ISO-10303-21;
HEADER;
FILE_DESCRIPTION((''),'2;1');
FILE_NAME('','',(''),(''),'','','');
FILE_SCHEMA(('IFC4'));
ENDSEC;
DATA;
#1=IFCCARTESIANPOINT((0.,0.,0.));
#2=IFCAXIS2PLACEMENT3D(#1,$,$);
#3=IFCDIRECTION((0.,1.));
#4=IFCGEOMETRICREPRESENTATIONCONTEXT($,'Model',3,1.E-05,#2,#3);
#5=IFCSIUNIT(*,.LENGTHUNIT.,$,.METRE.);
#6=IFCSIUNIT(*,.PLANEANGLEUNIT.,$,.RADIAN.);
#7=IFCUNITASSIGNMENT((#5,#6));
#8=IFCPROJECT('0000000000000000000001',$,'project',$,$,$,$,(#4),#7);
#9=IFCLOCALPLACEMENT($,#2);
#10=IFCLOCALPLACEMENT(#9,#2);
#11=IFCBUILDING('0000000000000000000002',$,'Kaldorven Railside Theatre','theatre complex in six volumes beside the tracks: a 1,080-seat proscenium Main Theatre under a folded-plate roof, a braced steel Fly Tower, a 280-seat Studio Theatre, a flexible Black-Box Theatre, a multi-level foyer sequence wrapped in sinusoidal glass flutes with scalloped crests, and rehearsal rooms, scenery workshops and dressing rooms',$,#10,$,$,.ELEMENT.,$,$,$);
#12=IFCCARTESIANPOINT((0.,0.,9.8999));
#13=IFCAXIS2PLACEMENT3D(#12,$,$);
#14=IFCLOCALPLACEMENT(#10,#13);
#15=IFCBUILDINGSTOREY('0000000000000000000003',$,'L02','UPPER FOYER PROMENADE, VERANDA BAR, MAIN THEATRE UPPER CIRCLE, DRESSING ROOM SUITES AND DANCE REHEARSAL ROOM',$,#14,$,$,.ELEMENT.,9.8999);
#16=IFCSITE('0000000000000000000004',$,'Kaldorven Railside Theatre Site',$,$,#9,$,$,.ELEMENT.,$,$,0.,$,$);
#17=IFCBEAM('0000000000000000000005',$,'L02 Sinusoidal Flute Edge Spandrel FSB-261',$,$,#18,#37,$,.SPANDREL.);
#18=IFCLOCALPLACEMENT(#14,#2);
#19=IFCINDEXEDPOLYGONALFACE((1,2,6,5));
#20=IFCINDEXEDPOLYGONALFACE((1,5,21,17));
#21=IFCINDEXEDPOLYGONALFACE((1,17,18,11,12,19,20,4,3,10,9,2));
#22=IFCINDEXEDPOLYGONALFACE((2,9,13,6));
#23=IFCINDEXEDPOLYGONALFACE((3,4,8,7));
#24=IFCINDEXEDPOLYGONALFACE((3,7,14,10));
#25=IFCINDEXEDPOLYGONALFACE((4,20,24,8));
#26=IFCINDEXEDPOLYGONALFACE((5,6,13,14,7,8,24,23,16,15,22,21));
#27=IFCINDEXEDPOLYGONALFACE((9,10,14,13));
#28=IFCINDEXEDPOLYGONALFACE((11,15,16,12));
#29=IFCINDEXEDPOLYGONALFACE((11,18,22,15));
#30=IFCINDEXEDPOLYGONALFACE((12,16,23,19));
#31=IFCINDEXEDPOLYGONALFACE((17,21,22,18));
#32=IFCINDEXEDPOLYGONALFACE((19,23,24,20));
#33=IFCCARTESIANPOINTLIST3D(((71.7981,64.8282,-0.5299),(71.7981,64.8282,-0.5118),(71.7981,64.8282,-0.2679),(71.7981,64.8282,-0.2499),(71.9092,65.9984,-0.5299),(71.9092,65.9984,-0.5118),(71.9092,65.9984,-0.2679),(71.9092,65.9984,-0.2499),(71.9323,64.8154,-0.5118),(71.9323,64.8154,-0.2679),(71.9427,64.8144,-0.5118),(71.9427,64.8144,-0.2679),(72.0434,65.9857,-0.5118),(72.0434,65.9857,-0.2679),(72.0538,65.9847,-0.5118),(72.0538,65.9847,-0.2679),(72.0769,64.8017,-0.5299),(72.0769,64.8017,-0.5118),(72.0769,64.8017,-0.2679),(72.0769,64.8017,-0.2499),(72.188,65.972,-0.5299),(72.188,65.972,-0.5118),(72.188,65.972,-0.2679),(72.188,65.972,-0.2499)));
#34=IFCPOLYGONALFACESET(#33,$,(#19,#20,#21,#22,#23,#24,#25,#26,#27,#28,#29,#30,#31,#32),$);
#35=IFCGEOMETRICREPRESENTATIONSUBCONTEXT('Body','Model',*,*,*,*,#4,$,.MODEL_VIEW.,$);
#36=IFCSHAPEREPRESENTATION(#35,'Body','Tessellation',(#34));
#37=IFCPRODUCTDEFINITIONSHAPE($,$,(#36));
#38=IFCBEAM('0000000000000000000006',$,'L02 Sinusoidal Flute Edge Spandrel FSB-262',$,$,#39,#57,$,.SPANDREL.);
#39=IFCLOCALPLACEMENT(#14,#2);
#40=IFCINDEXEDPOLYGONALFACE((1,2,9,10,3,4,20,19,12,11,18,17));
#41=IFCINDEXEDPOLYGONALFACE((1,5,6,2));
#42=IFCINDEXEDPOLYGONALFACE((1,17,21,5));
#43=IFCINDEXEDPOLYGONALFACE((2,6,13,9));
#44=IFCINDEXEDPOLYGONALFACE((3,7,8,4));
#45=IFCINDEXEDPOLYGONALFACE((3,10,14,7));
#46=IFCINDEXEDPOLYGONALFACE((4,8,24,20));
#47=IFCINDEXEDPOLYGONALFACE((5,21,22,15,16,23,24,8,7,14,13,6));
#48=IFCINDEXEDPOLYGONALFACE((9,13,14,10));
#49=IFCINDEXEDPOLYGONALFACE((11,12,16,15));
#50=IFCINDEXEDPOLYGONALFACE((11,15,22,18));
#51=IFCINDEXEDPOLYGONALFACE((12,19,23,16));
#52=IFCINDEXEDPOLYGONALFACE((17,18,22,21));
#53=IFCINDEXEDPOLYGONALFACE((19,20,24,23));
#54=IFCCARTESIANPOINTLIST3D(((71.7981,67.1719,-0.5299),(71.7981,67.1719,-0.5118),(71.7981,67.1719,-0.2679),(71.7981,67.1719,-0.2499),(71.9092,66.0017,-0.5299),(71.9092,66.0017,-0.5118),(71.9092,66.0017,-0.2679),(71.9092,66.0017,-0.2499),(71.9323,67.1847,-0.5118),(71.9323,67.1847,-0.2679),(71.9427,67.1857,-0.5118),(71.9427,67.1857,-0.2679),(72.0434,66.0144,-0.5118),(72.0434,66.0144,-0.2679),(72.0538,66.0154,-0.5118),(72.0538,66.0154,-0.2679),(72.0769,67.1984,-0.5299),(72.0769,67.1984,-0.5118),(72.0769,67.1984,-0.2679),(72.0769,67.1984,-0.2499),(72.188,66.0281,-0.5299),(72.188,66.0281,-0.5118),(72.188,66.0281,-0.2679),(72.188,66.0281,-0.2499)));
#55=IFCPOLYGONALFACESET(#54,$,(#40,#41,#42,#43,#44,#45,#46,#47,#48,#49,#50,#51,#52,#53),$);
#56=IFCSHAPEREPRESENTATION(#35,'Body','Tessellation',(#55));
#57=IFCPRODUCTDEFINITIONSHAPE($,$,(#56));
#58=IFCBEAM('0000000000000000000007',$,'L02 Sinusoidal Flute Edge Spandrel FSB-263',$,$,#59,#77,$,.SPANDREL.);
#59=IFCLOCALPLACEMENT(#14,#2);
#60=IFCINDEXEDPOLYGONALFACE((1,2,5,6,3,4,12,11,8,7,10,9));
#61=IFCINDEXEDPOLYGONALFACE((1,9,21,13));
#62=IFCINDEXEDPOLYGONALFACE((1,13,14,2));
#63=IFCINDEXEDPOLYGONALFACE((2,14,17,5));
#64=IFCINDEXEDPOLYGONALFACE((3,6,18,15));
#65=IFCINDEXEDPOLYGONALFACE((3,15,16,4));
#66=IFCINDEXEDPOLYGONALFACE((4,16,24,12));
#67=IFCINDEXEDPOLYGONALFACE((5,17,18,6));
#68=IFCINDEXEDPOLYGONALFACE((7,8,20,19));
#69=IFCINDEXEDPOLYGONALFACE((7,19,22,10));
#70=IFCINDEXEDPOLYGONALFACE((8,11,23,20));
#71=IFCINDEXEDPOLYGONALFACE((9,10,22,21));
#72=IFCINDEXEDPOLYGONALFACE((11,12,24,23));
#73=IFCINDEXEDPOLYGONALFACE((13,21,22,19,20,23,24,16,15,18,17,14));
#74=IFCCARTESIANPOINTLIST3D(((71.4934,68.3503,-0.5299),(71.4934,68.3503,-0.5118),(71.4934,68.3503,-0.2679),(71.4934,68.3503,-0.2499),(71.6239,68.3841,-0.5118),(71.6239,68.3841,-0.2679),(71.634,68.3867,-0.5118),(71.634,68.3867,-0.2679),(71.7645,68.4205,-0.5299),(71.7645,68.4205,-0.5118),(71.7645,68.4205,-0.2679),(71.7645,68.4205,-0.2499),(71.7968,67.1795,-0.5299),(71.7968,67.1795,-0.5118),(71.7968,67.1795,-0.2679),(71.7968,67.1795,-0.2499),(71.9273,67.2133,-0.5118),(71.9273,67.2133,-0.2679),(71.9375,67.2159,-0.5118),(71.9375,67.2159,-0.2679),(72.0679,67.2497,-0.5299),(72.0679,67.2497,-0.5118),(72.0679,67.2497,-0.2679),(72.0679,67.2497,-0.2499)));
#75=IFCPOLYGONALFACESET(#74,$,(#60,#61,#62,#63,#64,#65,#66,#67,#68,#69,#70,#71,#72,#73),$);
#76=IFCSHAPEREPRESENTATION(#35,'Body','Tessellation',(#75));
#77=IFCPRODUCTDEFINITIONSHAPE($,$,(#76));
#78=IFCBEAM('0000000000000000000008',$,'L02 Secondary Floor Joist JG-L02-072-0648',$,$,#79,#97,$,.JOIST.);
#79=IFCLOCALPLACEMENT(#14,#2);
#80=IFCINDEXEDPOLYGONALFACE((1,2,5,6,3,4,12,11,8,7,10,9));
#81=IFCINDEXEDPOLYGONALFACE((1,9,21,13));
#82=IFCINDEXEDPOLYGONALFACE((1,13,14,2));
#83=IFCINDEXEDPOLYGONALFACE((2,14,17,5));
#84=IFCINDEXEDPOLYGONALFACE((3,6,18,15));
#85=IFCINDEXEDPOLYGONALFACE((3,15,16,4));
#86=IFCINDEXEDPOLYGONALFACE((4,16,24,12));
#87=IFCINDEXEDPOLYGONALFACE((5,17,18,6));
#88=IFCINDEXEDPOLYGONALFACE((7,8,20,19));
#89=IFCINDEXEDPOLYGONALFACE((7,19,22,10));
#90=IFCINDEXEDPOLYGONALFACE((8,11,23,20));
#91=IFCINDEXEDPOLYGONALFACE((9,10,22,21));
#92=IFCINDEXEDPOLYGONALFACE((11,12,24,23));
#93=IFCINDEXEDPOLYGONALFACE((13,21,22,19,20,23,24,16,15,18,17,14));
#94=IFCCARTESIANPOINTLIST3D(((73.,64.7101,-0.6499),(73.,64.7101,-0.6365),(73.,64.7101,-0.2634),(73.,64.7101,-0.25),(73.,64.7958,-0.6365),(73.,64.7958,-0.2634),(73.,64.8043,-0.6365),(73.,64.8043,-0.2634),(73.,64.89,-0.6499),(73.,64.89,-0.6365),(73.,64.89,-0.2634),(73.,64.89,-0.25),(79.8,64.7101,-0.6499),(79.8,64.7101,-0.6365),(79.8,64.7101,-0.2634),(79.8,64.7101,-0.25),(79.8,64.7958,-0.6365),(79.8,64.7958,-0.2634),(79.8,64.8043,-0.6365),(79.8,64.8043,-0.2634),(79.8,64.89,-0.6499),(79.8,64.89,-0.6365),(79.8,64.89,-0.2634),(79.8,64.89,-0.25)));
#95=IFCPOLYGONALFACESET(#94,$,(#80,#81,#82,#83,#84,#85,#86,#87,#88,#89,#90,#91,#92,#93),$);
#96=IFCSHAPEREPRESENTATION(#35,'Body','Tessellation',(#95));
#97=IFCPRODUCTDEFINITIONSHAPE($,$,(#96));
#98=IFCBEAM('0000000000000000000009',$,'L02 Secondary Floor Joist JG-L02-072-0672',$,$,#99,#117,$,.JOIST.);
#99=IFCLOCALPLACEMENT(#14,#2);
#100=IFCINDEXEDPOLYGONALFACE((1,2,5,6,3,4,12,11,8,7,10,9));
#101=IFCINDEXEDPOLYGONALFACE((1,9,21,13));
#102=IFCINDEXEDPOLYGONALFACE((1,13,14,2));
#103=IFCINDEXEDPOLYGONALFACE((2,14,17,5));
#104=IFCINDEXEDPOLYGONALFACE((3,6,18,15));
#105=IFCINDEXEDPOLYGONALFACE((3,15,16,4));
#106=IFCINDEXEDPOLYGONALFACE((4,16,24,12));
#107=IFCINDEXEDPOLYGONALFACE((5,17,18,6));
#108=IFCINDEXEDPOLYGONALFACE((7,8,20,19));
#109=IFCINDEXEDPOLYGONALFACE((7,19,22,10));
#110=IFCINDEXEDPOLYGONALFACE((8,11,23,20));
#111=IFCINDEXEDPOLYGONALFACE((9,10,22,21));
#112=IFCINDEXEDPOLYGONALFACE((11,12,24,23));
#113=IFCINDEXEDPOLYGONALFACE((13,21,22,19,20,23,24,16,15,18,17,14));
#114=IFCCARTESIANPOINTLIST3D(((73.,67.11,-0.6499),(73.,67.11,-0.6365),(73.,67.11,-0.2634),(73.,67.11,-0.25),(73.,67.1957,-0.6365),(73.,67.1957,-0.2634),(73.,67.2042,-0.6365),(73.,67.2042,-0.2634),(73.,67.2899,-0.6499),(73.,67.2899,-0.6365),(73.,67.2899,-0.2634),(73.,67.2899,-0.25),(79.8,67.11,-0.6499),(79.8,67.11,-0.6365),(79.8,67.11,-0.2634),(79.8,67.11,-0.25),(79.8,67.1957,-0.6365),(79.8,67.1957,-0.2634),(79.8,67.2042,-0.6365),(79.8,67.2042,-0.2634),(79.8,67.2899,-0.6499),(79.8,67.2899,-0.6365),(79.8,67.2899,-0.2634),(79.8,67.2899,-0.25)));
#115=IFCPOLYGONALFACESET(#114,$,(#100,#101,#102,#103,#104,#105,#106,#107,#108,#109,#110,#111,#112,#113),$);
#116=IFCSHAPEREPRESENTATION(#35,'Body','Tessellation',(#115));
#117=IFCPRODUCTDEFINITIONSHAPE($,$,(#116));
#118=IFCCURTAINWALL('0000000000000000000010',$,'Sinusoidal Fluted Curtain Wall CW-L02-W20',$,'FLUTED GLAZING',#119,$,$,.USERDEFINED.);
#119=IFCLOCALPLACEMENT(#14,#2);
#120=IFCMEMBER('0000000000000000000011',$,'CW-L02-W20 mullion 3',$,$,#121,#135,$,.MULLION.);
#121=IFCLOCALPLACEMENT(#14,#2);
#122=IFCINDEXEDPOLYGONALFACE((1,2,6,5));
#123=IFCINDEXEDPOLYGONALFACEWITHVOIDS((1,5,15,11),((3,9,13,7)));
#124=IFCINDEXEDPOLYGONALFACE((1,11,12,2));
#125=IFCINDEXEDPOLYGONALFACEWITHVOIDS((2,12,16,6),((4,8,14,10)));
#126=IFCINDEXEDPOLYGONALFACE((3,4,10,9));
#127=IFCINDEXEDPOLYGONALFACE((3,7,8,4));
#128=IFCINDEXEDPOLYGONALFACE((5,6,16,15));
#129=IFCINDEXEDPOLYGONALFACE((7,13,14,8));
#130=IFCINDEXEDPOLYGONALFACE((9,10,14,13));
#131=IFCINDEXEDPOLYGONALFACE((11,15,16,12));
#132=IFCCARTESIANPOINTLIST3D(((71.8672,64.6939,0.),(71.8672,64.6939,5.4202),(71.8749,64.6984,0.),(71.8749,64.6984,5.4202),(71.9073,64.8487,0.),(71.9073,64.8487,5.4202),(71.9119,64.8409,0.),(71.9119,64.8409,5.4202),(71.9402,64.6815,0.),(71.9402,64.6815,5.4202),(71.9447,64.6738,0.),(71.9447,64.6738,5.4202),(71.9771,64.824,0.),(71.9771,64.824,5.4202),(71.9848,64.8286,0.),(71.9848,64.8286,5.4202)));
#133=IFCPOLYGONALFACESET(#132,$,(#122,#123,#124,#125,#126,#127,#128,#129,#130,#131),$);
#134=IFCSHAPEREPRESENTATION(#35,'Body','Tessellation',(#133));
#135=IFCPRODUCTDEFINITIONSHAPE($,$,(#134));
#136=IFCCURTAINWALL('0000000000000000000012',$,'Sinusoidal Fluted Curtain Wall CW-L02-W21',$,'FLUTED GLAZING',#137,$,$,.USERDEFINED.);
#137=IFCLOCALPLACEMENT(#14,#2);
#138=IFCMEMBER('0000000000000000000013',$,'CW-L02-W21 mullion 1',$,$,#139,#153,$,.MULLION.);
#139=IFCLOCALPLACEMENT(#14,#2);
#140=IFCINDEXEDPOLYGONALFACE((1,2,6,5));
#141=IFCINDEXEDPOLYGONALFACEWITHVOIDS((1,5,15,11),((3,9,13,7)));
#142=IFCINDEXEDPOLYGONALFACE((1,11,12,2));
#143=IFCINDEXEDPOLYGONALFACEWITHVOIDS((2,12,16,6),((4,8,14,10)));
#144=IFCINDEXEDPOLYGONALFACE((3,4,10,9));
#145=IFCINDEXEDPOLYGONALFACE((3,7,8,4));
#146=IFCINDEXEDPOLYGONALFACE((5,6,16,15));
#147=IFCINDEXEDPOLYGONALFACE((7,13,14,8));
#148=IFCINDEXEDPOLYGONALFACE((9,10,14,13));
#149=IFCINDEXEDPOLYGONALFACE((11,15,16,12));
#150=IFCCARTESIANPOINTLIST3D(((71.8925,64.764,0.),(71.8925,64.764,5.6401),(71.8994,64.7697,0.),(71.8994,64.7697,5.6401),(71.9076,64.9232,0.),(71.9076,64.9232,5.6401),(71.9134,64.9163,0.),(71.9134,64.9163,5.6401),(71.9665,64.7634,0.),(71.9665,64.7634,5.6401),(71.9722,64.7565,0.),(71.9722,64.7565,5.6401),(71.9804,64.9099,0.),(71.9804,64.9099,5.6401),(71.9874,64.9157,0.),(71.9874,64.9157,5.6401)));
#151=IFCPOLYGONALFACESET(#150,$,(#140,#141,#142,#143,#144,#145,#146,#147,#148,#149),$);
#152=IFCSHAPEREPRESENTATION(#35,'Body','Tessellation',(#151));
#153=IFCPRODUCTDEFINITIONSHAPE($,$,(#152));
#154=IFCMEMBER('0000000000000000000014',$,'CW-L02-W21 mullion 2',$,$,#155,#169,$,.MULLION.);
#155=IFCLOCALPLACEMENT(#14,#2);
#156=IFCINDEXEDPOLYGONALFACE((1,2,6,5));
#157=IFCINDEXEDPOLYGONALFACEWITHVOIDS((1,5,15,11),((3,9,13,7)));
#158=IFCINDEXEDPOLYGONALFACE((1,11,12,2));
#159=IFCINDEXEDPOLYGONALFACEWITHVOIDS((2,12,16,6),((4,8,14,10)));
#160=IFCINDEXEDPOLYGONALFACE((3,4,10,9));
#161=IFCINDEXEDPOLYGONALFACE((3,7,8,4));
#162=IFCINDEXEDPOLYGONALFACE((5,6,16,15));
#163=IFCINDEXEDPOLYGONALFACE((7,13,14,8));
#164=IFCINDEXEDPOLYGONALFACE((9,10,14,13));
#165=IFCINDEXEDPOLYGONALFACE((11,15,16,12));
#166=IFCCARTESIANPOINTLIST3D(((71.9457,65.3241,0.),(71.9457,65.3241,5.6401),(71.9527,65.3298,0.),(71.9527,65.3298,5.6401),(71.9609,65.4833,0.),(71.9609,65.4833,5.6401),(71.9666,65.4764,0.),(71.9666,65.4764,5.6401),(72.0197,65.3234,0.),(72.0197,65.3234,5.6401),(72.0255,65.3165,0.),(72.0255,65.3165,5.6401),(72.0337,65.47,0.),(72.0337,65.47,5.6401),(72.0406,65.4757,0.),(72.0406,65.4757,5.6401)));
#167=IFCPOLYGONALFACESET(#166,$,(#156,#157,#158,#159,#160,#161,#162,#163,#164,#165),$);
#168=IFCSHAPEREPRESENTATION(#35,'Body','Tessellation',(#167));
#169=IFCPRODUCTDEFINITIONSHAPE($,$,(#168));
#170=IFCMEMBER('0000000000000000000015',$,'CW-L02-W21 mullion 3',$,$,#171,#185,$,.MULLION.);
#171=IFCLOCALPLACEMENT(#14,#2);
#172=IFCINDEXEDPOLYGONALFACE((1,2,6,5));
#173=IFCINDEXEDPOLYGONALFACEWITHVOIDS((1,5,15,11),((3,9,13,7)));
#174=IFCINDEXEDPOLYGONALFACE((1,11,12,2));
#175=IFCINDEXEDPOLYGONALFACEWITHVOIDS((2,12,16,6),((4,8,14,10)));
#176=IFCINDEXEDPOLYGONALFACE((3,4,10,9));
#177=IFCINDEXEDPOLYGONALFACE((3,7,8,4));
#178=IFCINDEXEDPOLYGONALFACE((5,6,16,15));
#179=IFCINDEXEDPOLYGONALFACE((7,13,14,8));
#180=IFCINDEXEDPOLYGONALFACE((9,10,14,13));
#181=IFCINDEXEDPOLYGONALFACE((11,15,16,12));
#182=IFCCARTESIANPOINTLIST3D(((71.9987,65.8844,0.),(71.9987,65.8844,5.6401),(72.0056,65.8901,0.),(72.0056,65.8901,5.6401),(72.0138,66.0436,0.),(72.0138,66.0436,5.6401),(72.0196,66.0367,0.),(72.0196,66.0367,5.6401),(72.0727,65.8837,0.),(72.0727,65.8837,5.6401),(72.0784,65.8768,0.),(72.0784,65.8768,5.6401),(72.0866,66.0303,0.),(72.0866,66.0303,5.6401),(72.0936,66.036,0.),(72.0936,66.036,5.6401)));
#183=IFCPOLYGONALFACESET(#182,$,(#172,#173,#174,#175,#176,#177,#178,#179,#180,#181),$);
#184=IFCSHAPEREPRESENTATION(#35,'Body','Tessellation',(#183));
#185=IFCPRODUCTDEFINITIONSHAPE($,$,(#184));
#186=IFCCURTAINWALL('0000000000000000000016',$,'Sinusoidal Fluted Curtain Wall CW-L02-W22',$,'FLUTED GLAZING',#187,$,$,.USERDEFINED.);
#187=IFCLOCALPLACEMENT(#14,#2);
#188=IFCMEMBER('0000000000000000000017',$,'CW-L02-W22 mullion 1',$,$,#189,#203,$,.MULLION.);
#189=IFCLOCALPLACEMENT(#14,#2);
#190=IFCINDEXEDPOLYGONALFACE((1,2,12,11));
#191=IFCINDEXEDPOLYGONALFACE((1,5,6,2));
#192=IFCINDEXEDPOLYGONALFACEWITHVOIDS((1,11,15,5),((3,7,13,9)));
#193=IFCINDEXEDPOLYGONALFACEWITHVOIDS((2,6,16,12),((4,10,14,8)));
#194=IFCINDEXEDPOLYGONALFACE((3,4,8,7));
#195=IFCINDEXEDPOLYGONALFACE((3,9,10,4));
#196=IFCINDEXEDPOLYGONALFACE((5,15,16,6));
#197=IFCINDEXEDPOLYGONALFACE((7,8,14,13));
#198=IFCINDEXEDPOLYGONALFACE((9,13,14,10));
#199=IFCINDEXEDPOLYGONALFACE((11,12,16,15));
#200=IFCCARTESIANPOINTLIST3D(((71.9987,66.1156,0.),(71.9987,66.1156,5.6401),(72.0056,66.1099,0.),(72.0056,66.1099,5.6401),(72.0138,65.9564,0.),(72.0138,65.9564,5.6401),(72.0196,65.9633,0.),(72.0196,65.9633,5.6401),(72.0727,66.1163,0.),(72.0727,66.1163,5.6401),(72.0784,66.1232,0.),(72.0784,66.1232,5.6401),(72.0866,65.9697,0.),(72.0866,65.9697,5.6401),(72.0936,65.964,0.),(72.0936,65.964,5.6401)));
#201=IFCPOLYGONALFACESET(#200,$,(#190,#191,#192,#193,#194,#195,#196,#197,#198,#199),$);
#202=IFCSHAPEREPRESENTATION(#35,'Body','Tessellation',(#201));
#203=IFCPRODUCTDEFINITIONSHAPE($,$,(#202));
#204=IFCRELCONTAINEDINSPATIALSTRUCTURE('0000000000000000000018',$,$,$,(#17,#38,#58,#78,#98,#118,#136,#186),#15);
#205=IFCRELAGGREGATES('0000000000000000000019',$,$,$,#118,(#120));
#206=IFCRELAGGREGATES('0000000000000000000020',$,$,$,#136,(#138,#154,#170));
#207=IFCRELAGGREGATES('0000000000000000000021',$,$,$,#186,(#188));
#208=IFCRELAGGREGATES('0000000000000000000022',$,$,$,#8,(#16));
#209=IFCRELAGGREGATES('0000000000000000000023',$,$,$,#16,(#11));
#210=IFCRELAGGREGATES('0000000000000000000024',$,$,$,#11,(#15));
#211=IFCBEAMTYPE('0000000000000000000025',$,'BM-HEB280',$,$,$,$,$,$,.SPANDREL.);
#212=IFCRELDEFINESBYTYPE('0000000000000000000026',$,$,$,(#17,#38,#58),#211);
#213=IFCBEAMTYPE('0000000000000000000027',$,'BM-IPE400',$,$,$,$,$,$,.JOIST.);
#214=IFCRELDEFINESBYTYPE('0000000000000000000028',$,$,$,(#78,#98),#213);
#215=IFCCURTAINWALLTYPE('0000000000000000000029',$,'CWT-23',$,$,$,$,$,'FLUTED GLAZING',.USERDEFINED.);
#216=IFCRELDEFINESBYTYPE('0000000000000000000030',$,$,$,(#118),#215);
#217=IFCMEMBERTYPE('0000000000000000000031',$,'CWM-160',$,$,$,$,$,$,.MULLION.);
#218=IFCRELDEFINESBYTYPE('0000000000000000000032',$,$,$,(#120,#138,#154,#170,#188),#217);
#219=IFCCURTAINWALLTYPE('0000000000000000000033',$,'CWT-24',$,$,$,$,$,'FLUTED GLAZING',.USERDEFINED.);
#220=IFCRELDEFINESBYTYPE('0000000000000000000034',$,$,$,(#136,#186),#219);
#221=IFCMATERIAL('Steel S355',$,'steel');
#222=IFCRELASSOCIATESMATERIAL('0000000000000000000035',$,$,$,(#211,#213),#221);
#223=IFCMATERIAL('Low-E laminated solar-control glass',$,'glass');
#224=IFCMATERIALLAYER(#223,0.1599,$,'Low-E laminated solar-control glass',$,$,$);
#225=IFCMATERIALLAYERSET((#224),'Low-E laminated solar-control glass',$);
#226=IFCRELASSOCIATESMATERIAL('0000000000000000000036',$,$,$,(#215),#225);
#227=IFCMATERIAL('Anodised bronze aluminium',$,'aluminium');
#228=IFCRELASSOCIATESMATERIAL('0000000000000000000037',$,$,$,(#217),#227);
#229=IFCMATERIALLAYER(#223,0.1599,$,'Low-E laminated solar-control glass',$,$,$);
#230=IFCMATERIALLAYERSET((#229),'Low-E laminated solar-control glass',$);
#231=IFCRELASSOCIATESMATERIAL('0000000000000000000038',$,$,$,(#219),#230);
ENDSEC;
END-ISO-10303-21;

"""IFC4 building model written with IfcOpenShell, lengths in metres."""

from ifc_helpers import new_model, si_unit, direction, frame, origin, origin_2d, place, context, subcontext, project, spatial, hollow_rectangle, i_section, extrude, material, layer, layer_set, material_profile, profile_set, type_object, element, aggregate, save


model = new_model("IFC4")

# Units and contexts
model_context = context("Model", 3, precision=1e-05, world=origin(), true_north=direction((0.0, 1.0)))
body_context = subcontext(model_context, "Body", "Model", "MODEL_VIEW")
ifc_project = project(units=[si_unit("LENGTHUNIT", "METRE"), si_unit("PLANEANGLEUNIT", "RADIAN")], contexts=[model_context])

# Site, building, storey
site_placement = place(None, origin())
site = spatial("IfcSite", under=ifc_project, at=site_placement, Name="Kaldorven Railside Theatre Site", CompositionType="ELEMENT", RefElevation=0.0)
building_placement = place(site_placement, origin())
building = spatial("IfcBuilding", under=site, at=building_placement, Name="Kaldorven Railside Theatre", Description="theatre complex in six volumes beside the tracks: a 1,080-seat proscenium Main Theatre under a folded-plate roof, a braced steel Fly Tower, a 280-seat Studio Theatre, a flexible Black-Box Theatre, a multi-level foyer sequence wrapped in sinusoidal glass flutes with scalloped crests, and rehearsal rooms, scenery workshops and dressing rooms", CompositionType="ELEMENT")
storey_placement = place(building_placement, frame((0.0, 0.0, 9.8999)))
storey = spatial("IfcBuildingStorey", under=building, at=storey_placement, Name="L02", Description="UPPER FOYER PROMENADE, VERANDA BAR, MAIN THEATRE UPPER CIRCLE, DRESSING ROOM SUITES AND DANCE REHEARSAL ROOM", CompositionType="ELEMENT", Elevation=9.8999)

# Beams
ifc_material_1 = material(Name="Steel S355", Category="steel")
ifc_material_profile_1 = material_profile(ifc_material_1, i_section(OverallWidth=0.28, OverallDepth=0.28, WebThickness=0.0105, FlangeThickness=0.0181, at=origin_2d()), Name="HEB 280")
ifc_profile_set_1 = profile_set([ifc_material_profile_1], Name="Steel S355")
beam_type_1 = type_object("IfcBeamType", Name="BM-HEB280", PredefinedType="SPANDREL", material=ifc_profile_set_1)
for number, where, z_axis, x_axis, name in (
    (1, (71.9375, 64.8149, -0.3899), (0.094505, 0.995524, 0.0), (-0.995524, 0.094505, 0.0), "L02 Sinusoidal Flute Edge Spandrel FSB-261"),
    (2, (72.0486, 66.0149, -0.3899), (-0.094505, 0.995524, 0.0), (-0.995524, -0.094505, 0.0), "L02 Sinusoidal Flute Edge Spandrel FSB-262"),
):
    element("IfcBeam", number, at=place(storey_placement, frame(where, z_axis=z_axis, x_axis=x_axis)), inside=storey, type_object=beam_type_1, Name=name, PredefinedType="SPANDREL", context=body_context, shape_type="SweptSolid", body=[
        extrude(i_section(OverallWidth=0.28, OverallDepth=0.28, WebThickness=0.0105, FlangeThickness=0.0181, at=origin_2d()), origin(), (0.0, 0.0, 1.0), 1.1755),
    ])
beam_placement = place(storey_placement, frame((71.9324, 67.2146, -0.3899), z_axis=(-0.250885, 0.968017, 0.0), x_axis=(-0.968017, -0.250885, 0.0)))
element("IfcBeam", 3, at=beam_placement, inside=storey, type_object=beam_type_1, Name="L02 Sinusoidal Flute Edge Spandrel FSB-263", PredefinedType="SPANDREL", context=body_context, shape_type="SweptSolid", body=[
    extrude(i_section(OverallWidth=0.28, OverallDepth=0.28, WebThickness=0.0105, FlangeThickness=0.0181, at=origin_2d()), origin(), (0.0, 0.0, 1.0), 1.2095),
])
ifc_material_profile_2 = material_profile(ifc_material_1, i_section(OverallWidth=0.1799, OverallDepth=0.3999, WebThickness=0.0085, FlangeThickness=0.0134, at=origin_2d()), Name="IPE 400")
ifc_profile_set_2 = profile_set([ifc_material_profile_2], Name="Steel S355")
beam_type_2 = type_object("IfcBeamType", Name="BM-IPE400", PredefinedType="JOIST", material=ifc_profile_set_2)
for number, where, z_axis, x_axis, name in (
    (4, (73.0, 64.8, -0.45), (1.0, 0.0, 0.0), (0.0, 1.0, 0.0), "L02 Secondary Floor Joist JG-L02-072-0648"),
    (5, (73.0, 67.2, -0.45), (1.0, 0.0, 0.0), (0.0, 1.0, 0.0), "L02 Secondary Floor Joist JG-L02-072-0672"),
):
    element("IfcBeam", number, at=place(storey_placement, frame(where, z_axis=z_axis, x_axis=x_axis)), inside=storey, type_object=beam_type_2, Name=name, PredefinedType="JOIST", context=body_context, shape_type="SweptSolid", body=[
        extrude(i_section(OverallWidth=0.1799, OverallDepth=0.3999, WebThickness=0.0085, FlangeThickness=0.0134, at=origin_2d()), origin(), (0.0, 0.0, 1.0), 6.8),
    ])

# Curtain wall, member
ifc_material_2 = material(Name="Low-E laminated solar-control glass", Category="glass")
ifc_layer_1 = layer(ifc_material_2, 0.1599, Name="Low-E laminated solar-control glass")
ifc_layer_set_1 = layer_set([ifc_layer_1], Name="Low-E laminated solar-control glass")
curtain_wall_type_1 = type_object("IfcCurtainWallType", Name="CWT-23", ElementType="FLUTED GLAZING", PredefinedType="USERDEFINED", material=ifc_layer_set_1)
curtain_wall_1_placement = place(storey_placement, origin())
curtain_wall_1 = element("IfcCurtainWall", 6, at=curtain_wall_1_placement, inside=storey, type_object=curtain_wall_type_1, Name="Sinusoidal Fluted Curtain Wall CW-L02-W20", ObjectType="FLUTED GLAZING", PredefinedType="USERDEFINED")
ifc_material_3 = material(Name="Anodised bronze aluminium", Category="aluminium")
ifc_material_profile_3 = material_profile(ifc_material_3, hollow_rectangle(XDim=0.0801, YDim=0.1599, WallThickness=0.0063, at=origin_2d()), Name="RHS 160x80x6.3")
ifc_profile_set_3 = profile_set([ifc_material_profile_3], Name="Anodised bronze aluminium")
member_type_1 = type_object("IfcMemberType", Name="CWM-160", PredefinedType="MULLION", material=ifc_profile_set_3)
member_1_placement = place(storey_placement, frame((71.926, 64.7612, 0.0), z_axis=(0.0, 0.0, 1.0), x_axis=(-0.967999, 0.250954, 0.0)))
member_1 = element("IfcMember", 7, at=member_1_placement, type_object=member_type_1, Name="CW-L02-W20 mullion 3", PredefinedType="MULLION", context=body_context, shape_type="SweptSolid", body=[
    extrude(hollow_rectangle(XDim=0.0801, YDim=0.1599, WallThickness=0.0063, at=origin_2d()), origin(), (0.0, 0.0, 1.0), 5.4202),
])

# Curtain walls, members
ifc_layer_2 = layer(ifc_material_2, 0.1599, Name="Low-E laminated solar-control glass")
ifc_layer_set_2 = layer_set([ifc_layer_2], Name="Low-E laminated solar-control glass")
curtain_wall_type_2 = type_object("IfcCurtainWallType", Name="CWT-24", ElementType="FLUTED GLAZING", PredefinedType="USERDEFINED", material=ifc_layer_set_2)
curtain_wall_2_placement = place(storey_placement, origin())
curtain_wall_2 = element("IfcCurtainWall", 8, at=curtain_wall_2_placement, inside=storey, type_object=curtain_wall_type_2, Name="Sinusoidal Fluted Curtain Wall CW-L02-W21", ObjectType="FLUTED GLAZING", PredefinedType="USERDEFINED")
member_2_placement = place(storey_placement, frame((71.9399, 64.8398, 0.0), z_axis=(0.0, 0.0, 1.0), x_axis=(-0.995526, 0.094492, 0.0)))
member_2 = element("IfcMember", 9, at=member_2_placement, type_object=member_type_1, Name="CW-L02-W21 mullion 1", PredefinedType="MULLION", context=body_context, shape_type="SweptSolid", body=[
    extrude(hollow_rectangle(XDim=0.0801, YDim=0.1599, WallThickness=0.0063, at=origin_2d()), origin(), (0.0, 0.0, 1.0), 5.6401),
])
member_3_placement = place(storey_placement, frame((71.9932, 65.3999, 0.0), z_axis=(0.0, 0.0, 1.0), x_axis=(-0.995526, 0.094492, 0.0)))
member_3 = element("IfcMember", 10, at=member_3_placement, type_object=member_type_1, Name="CW-L02-W21 mullion 2", PredefinedType="MULLION", context=body_context, shape_type="SweptSolid", body=[
    extrude(hollow_rectangle(XDim=0.0801, YDim=0.1599, WallThickness=0.0063, at=origin_2d()), origin(), (0.0, 0.0, 1.0), 5.6401),
])
member_4_placement = place(storey_placement, frame((72.0461, 65.9602, 0.0), z_axis=(0.0, 0.0, 1.0), x_axis=(-0.995526, 0.094492, 0.0)))
member_4 = element("IfcMember", 11, at=member_4_placement, type_object=member_type_1, Name="CW-L02-W21 mullion 3", PredefinedType="MULLION", context=body_context, shape_type="SweptSolid", body=[
    extrude(hollow_rectangle(XDim=0.0801, YDim=0.1599, WallThickness=0.0063, at=origin_2d()), origin(), (0.0, 0.0, 1.0), 5.6401),
])
curtain_wall_3_placement = place(storey_placement, origin())
curtain_wall_3 = element("IfcCurtainWall", 12, at=curtain_wall_3_placement, inside=storey, type_object=curtain_wall_type_2, Name="Sinusoidal Fluted Curtain Wall CW-L02-W22", ObjectType="FLUTED GLAZING", PredefinedType="USERDEFINED")
member_5_placement = place(storey_placement, frame((72.0461, 66.0398, 0.0), z_axis=(0.0, 0.0, 1.0), x_axis=(-0.995526, -0.094492, 0.0)))
member_5 = element("IfcMember", 13, at=member_5_placement, type_object=member_type_1, Name="CW-L02-W22 mullion 1", PredefinedType="MULLION", context=body_context, shape_type="SweptSolid", body=[
    extrude(hollow_rectangle(XDim=0.0801, YDim=0.1599, WallThickness=0.0063, at=origin_2d()), origin(), (0.0, 0.0, 1.0), 5.6401),
])

aggregate(curtain_wall_1, [member_1])
aggregate(curtain_wall_2, [member_2, member_3, member_4])
aggregate(curtain_wall_3, [member_5])

save(model, "model.ifc")
